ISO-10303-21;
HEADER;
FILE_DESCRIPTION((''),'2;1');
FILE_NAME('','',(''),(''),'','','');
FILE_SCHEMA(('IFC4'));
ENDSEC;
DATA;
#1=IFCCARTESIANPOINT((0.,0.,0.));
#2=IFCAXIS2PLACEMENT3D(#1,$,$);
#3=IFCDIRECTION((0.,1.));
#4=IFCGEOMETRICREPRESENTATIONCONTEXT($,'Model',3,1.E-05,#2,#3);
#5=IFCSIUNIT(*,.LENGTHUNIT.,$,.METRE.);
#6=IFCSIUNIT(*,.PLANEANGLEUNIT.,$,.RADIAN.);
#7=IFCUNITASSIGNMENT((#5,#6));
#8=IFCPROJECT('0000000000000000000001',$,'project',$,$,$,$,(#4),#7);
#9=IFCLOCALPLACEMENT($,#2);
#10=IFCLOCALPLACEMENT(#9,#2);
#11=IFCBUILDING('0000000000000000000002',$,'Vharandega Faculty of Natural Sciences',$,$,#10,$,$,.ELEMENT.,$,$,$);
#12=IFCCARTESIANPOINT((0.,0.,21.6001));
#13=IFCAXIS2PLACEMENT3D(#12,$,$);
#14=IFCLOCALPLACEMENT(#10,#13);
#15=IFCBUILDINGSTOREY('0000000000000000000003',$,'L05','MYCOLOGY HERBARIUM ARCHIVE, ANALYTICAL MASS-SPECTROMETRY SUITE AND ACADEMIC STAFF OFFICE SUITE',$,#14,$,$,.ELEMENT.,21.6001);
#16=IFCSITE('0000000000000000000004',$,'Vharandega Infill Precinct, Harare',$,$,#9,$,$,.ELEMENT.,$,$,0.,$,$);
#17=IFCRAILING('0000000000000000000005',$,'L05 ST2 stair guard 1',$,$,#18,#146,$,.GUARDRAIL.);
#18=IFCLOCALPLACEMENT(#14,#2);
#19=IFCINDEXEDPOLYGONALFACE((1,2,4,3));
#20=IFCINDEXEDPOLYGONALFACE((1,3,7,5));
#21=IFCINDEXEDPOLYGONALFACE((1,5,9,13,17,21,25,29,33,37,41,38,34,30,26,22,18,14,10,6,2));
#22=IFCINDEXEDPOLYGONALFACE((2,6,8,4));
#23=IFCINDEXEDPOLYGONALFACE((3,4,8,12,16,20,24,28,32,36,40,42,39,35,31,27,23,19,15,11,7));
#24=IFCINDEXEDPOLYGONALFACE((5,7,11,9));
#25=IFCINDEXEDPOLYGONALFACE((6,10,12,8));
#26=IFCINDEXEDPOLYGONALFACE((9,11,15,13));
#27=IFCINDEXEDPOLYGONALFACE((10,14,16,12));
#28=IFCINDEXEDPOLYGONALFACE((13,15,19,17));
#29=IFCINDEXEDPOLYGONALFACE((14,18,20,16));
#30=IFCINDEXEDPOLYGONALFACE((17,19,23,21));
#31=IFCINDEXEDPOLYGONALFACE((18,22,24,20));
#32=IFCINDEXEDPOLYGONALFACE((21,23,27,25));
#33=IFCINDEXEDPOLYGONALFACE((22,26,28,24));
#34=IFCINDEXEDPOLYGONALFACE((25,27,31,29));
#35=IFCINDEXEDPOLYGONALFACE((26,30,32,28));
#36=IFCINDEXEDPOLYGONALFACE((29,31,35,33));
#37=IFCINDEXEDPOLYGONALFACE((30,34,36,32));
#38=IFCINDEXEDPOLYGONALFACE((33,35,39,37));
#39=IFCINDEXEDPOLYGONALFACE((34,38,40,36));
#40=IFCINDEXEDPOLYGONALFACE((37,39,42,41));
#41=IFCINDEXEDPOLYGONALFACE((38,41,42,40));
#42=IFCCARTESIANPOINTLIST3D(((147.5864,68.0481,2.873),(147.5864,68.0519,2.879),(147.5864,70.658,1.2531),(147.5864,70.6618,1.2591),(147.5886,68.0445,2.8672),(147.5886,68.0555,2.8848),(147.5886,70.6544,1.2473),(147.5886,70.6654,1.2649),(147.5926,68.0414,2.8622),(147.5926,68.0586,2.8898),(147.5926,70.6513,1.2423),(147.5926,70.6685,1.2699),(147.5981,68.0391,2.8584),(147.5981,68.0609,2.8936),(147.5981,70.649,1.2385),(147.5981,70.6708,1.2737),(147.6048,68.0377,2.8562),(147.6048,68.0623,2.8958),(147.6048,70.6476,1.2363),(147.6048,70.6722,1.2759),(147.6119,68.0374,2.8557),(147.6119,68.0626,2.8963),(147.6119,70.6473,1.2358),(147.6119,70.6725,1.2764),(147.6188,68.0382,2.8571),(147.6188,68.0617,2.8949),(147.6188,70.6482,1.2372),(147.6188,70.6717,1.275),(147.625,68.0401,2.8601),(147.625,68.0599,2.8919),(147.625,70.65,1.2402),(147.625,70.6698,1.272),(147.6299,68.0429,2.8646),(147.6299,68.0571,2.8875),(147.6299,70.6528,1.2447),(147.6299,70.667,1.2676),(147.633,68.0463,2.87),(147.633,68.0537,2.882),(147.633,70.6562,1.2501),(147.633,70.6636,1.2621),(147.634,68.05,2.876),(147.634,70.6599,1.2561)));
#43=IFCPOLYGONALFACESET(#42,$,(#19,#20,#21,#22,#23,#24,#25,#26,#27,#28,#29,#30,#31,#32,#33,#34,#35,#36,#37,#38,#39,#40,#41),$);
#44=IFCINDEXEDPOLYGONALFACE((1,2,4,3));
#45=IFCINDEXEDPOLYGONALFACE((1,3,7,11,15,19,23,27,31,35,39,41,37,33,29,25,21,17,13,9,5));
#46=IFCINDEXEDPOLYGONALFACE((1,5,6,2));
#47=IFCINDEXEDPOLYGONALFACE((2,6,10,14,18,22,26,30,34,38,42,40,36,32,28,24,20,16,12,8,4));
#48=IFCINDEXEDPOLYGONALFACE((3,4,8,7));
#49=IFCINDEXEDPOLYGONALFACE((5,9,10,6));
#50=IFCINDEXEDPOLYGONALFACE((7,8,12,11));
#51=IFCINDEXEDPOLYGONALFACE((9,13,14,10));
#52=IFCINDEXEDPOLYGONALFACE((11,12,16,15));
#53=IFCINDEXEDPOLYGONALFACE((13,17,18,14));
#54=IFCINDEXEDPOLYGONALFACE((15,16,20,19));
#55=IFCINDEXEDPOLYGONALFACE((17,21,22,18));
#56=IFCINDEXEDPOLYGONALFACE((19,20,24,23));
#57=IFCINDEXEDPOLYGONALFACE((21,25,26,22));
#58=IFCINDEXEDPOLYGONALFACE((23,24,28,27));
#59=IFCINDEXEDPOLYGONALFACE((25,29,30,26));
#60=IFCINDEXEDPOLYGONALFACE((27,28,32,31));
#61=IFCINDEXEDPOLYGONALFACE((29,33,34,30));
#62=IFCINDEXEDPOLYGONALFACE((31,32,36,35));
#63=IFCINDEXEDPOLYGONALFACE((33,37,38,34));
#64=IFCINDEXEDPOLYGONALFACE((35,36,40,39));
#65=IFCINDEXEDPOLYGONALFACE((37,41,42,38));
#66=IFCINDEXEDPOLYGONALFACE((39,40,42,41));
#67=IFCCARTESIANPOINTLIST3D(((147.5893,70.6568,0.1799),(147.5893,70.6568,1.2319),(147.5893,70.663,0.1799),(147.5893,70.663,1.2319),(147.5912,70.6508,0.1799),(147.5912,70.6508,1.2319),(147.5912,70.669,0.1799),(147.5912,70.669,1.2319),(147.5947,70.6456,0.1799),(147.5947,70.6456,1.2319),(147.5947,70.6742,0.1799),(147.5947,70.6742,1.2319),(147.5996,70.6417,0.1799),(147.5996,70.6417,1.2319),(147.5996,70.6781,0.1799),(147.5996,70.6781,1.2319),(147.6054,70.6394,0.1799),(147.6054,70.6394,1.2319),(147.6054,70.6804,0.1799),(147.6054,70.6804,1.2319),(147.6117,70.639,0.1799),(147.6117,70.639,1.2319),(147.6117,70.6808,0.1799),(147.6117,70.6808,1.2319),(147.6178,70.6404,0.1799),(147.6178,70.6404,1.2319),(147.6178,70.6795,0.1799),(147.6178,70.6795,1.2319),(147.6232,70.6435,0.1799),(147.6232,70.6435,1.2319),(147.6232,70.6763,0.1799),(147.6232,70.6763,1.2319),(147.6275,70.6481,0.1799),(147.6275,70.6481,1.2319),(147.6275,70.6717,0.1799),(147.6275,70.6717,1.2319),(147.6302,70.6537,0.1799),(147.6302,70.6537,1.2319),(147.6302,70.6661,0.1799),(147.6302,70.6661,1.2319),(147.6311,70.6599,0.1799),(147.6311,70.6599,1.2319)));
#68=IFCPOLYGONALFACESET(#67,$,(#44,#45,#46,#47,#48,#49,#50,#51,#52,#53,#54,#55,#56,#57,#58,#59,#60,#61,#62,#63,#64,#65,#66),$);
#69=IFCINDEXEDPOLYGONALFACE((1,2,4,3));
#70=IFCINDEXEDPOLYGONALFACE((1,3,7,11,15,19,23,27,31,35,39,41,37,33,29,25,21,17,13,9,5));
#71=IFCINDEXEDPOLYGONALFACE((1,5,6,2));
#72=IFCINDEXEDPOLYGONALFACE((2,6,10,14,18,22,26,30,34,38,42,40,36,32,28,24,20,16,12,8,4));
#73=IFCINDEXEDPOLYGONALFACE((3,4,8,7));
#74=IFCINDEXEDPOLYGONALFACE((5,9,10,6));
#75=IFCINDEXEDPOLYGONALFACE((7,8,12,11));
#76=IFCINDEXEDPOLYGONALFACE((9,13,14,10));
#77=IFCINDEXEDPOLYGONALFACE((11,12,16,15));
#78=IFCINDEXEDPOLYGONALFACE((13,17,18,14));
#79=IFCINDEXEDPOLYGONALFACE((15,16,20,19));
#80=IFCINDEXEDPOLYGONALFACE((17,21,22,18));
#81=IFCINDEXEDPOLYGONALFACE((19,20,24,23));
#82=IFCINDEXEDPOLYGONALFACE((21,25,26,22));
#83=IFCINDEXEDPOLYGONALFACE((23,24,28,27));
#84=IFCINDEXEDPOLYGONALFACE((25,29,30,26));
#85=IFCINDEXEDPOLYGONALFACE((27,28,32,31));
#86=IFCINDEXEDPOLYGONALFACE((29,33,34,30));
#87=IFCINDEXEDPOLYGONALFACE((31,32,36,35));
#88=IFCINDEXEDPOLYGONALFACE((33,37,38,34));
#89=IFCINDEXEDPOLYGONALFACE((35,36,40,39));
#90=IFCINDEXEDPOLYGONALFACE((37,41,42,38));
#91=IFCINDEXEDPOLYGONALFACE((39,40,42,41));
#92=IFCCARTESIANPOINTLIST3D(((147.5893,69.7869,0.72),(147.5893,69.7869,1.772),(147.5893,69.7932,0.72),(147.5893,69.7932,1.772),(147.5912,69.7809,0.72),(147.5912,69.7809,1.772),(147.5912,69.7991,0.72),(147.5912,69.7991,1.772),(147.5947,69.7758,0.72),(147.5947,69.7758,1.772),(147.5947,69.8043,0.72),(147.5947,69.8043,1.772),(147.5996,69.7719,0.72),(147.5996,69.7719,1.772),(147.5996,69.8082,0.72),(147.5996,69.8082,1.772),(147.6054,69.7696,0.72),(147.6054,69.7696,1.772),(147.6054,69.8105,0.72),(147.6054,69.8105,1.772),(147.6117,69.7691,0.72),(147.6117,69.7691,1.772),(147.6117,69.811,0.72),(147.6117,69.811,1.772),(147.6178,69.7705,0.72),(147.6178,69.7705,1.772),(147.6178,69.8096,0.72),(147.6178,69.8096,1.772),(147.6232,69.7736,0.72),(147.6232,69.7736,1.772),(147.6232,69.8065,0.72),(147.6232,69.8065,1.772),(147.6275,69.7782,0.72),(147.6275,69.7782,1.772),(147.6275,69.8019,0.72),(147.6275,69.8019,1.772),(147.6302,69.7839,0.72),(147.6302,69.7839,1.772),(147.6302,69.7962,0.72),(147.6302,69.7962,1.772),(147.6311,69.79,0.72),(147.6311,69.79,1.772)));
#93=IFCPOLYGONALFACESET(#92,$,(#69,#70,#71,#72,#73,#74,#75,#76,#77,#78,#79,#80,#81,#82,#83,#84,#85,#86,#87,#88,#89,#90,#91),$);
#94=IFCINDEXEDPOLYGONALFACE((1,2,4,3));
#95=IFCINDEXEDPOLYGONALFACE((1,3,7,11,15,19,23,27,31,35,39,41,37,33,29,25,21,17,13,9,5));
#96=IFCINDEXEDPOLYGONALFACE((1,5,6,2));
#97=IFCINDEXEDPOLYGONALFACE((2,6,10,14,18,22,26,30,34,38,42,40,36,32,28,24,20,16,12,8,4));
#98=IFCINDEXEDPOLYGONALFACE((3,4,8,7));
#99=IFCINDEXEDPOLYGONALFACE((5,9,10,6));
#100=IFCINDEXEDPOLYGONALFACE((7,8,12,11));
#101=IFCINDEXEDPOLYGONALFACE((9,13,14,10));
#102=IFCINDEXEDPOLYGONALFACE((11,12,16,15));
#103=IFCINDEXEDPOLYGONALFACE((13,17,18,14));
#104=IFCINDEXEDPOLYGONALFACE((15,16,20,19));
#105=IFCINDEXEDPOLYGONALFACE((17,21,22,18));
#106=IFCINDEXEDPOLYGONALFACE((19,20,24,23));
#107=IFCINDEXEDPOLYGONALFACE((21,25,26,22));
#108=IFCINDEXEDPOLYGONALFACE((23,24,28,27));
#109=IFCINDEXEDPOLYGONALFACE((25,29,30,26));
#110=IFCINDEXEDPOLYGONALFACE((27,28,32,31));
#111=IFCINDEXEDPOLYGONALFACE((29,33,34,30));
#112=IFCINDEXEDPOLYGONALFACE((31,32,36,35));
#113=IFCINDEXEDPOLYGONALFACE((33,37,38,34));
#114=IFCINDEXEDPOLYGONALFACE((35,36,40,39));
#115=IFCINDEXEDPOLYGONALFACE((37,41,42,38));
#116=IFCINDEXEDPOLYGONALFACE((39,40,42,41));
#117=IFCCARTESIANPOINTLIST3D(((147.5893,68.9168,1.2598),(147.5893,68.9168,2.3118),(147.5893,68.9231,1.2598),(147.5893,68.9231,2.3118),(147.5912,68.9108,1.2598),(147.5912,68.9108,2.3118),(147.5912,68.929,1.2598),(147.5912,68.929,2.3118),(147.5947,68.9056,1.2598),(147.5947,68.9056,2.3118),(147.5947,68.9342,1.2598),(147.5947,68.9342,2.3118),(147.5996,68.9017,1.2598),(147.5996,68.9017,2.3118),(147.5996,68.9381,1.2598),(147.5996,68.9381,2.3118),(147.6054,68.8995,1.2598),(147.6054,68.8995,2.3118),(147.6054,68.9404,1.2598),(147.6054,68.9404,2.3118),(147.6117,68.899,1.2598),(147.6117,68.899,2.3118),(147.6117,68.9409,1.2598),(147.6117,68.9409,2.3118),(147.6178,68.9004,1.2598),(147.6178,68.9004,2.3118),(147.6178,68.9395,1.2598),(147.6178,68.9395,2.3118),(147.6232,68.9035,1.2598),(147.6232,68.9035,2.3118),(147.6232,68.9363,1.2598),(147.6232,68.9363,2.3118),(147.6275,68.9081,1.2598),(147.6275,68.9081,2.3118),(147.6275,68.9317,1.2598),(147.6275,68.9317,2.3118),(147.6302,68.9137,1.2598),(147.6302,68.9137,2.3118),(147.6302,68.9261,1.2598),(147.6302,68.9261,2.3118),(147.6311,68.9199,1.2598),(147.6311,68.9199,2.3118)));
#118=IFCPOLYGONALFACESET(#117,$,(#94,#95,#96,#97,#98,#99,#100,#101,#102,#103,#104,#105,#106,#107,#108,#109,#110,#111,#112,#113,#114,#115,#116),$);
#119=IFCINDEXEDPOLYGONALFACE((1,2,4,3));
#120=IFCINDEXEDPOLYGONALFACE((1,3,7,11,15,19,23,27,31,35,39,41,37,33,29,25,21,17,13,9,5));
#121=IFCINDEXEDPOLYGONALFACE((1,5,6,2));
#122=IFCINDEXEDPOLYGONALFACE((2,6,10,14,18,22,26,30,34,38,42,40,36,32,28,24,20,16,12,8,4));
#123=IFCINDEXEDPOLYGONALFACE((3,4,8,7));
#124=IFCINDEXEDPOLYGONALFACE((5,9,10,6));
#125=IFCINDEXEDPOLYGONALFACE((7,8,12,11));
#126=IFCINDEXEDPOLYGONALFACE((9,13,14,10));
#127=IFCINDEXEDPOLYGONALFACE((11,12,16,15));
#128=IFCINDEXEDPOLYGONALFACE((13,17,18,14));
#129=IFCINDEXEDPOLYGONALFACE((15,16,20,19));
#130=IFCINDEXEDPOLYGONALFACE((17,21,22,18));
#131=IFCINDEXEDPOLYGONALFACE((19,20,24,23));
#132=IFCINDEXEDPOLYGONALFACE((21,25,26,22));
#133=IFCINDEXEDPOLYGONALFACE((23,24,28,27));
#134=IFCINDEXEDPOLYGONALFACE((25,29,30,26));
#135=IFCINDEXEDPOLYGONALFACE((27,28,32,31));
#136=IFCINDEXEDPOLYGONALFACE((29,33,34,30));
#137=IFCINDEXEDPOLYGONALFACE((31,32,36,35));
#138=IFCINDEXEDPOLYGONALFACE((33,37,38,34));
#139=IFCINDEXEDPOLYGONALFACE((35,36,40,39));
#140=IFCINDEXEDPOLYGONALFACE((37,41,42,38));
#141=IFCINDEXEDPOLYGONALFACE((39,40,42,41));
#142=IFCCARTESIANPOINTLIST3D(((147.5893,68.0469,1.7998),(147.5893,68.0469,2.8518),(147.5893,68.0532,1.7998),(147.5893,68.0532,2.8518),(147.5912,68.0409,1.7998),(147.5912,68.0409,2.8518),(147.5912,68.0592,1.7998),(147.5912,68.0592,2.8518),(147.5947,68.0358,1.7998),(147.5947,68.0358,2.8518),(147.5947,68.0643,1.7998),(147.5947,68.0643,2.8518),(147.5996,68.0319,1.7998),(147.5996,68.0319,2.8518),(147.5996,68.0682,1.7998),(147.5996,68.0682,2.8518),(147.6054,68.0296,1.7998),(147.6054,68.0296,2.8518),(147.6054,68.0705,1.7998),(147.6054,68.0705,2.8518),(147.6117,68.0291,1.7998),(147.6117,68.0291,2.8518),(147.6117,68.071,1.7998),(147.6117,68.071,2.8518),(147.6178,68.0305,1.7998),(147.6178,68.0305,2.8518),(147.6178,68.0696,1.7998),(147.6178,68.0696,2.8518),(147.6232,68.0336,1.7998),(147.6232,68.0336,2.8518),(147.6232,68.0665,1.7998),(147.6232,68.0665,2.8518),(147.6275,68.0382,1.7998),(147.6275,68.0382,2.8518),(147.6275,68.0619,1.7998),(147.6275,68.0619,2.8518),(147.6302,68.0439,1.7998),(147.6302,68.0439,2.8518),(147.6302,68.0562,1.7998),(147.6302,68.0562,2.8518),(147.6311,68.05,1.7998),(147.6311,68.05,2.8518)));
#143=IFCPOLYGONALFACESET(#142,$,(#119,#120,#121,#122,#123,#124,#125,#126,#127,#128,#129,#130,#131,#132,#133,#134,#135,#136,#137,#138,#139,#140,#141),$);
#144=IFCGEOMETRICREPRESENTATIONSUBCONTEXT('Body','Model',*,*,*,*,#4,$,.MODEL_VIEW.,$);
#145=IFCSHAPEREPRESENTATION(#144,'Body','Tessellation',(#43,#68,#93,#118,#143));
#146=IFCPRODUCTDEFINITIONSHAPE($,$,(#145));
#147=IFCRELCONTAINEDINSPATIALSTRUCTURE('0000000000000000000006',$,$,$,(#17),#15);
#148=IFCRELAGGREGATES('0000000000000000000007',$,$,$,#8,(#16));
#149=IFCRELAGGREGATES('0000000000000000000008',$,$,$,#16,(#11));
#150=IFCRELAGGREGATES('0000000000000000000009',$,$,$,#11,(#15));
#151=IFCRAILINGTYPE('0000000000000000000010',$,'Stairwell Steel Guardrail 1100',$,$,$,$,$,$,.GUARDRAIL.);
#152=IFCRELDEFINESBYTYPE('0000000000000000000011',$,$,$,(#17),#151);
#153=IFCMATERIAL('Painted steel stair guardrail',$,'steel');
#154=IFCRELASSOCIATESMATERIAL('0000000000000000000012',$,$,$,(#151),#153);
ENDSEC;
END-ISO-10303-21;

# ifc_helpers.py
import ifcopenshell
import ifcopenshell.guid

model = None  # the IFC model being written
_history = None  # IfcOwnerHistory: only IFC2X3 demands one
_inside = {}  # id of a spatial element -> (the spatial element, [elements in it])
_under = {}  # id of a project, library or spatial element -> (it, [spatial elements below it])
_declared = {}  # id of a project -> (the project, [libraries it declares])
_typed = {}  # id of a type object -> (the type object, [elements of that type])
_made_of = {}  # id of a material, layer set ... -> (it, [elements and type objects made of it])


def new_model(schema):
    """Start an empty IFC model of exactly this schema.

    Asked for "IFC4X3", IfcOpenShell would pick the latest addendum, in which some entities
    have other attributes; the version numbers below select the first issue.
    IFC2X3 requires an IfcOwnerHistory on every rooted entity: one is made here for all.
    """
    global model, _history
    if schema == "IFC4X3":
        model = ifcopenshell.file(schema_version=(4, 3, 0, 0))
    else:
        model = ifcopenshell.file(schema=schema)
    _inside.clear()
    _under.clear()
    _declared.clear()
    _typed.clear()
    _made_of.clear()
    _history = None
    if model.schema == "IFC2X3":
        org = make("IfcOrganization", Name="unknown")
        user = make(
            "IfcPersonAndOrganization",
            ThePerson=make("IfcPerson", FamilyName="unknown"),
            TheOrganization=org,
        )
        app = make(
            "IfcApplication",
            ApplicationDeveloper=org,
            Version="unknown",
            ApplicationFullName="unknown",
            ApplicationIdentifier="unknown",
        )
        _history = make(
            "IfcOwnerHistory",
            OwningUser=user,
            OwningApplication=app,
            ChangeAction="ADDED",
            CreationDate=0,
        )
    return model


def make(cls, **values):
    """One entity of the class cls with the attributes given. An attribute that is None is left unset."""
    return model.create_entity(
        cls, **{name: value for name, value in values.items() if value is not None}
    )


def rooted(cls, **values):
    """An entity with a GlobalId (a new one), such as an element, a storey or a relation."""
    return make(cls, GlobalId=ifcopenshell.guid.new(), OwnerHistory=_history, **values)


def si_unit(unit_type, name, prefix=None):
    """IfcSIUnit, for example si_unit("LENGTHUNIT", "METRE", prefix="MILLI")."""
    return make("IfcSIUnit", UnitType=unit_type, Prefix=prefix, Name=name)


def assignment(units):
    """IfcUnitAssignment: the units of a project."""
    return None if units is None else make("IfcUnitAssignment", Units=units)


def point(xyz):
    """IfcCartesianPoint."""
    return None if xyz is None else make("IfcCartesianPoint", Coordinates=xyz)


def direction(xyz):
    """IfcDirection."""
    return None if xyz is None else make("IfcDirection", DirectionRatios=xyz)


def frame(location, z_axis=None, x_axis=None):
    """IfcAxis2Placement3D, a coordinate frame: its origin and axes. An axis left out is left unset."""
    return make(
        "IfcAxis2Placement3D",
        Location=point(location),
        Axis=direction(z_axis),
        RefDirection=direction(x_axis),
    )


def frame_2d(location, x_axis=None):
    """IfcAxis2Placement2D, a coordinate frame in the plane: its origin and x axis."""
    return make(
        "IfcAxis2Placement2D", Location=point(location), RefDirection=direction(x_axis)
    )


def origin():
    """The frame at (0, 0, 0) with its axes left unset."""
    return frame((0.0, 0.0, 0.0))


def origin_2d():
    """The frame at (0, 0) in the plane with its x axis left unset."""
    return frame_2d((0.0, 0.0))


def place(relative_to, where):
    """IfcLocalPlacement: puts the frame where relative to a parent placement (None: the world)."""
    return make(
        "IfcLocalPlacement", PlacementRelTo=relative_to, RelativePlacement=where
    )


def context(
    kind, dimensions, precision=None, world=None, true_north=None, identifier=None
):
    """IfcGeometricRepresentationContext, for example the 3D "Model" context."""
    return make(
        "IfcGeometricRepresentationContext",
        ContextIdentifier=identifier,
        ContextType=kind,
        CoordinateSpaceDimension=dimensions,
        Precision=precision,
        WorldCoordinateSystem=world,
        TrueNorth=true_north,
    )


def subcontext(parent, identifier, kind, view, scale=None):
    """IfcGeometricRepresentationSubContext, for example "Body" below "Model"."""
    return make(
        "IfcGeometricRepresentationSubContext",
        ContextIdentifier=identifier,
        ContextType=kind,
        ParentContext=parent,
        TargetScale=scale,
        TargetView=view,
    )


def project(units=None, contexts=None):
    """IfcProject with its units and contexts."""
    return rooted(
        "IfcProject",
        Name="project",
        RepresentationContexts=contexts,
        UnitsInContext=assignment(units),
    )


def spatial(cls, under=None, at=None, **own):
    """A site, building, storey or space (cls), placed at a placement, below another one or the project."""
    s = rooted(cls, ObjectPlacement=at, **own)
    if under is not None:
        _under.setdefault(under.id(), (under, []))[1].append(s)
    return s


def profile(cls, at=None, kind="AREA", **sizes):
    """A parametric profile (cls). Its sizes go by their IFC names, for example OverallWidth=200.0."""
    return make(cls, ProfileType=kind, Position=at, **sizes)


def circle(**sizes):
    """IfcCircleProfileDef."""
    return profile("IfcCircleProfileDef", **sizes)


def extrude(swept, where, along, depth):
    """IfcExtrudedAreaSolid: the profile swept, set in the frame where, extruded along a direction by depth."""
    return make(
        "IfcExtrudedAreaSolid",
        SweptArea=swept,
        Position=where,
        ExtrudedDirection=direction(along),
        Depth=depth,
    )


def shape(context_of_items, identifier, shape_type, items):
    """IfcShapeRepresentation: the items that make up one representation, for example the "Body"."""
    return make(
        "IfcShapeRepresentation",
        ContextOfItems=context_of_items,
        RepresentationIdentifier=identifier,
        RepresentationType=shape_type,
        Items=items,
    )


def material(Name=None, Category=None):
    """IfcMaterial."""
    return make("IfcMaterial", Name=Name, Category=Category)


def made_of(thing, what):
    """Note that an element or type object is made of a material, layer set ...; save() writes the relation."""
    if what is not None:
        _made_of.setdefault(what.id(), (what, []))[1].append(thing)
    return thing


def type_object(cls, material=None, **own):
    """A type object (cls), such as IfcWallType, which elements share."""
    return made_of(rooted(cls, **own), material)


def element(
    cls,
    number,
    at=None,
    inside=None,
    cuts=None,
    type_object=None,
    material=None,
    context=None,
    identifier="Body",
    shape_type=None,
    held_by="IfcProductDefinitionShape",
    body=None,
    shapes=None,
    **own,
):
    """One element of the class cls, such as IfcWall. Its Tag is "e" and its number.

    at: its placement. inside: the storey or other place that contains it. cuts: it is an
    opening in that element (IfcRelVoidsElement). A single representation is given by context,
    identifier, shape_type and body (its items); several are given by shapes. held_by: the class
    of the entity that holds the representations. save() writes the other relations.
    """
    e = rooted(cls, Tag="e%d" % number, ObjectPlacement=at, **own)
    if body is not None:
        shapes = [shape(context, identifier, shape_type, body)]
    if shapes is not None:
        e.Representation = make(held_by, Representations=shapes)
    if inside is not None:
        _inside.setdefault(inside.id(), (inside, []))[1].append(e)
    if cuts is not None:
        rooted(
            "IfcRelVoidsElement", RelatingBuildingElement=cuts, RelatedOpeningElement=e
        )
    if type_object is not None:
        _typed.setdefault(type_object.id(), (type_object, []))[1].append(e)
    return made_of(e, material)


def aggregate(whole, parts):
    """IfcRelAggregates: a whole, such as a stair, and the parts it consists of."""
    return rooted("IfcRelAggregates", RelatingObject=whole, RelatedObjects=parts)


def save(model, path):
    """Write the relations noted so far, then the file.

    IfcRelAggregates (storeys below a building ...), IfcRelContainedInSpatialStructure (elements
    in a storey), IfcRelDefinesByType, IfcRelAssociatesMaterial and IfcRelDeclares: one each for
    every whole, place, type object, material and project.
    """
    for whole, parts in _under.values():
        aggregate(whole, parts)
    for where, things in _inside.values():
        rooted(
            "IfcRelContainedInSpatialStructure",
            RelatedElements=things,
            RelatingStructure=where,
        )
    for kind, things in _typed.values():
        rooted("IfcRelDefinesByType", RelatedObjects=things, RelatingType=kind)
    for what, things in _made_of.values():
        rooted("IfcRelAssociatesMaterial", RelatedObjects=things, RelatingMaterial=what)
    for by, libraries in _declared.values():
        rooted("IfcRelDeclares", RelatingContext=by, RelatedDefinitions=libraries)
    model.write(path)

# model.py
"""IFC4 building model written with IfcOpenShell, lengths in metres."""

from ifc_helpers import new_model, si_unit, direction, frame, origin, origin_2d, place, context, subcontext, project, spatial, circle, extrude, material, type_object, element, save


model = new_model("IFC4")

# Units and contexts
model_context = context("Model", 3, precision=1e-05, world=origin(), true_north=direction((0.0, 1.0)))
body_context = subcontext(model_context, "Body", "Model", "MODEL_VIEW")
ifc_project = project(units=[si_unit("LENGTHUNIT", "METRE"), si_unit("PLANEANGLEUNIT", "RADIAN")], contexts=[model_context])

# Site, building, storey
site_placement = place(None, origin())
site = spatial("IfcSite", under=ifc_project, at=site_placement, Name="Vharandega Infill Precinct, Harare", CompositionType="ELEMENT", RefElevation=0.0)
building_placement = place(site_placement, origin())
building = spatial("IfcBuilding", under=site, at=building_placement, Name="Vharandega Faculty of Natural Sciences", CompositionType="ELEMENT")
storey_placement = place(building_placement, frame((0.0, 0.0, 21.6001)))
storey = spatial("IfcBuildingStorey", under=building, at=storey_placement, Name="L05", Description="MYCOLOGY HERBARIUM ARCHIVE, ANALYTICAL MASS-SPECTROMETRY SUITE AND ACADEMIC STAFF OFFICE SUITE", CompositionType="ELEMENT", Elevation=21.6001)

# Railing
ifc_material_1 = material(Name="Painted steel stair guardrail", Category="steel")
railing_type_1 = type_object("IfcRailingType", Name="Stairwell Steel Guardrail 1100", PredefinedType="GUARDRAIL", material=ifc_material_1)
railing_1_placement = place(storey_placement, frame((147.6101, 70.6599, 0.1799)))
element("IfcRailing", 1, at=railing_1_placement, inside=storey, type_object=railing_type_1, Name="L05 ST2 stair guard 1", PredefinedType="GUARDRAIL", context=body_context, shape_type="SweptSolid", body=[
    extrude(circle(Radius=0.0239, at=origin_2d()), frame((0.0, 0.0, 1.0762), z_axis=(0.0, -0.849646, 0.527353), x_axis=(1.0, 0.0, 0.0)), (0.0, 0.0, 1.0), 3.0718),
    extrude(circle(Radius=0.021, at=origin_2d()), origin(), (0.0, 0.0, 1.0), 1.052),
    extrude(circle(Radius=0.021, at=origin_2d()), frame((0.0, -0.8699, 0.54)), (0.0, 0.0, 1.0), 1.052),
    extrude(circle(Radius=0.021, at=origin_2d()), frame((0.0, -1.74, 1.0798)), (0.0, 0.0, 1.0), 1.052),
    extrude(circle(Radius=0.021, at=origin_2d()), frame((0.0, -2.6099, 1.6199)), (0.0, 0.0, 1.0), 1.052),
])

save(model, "model.ifc")
